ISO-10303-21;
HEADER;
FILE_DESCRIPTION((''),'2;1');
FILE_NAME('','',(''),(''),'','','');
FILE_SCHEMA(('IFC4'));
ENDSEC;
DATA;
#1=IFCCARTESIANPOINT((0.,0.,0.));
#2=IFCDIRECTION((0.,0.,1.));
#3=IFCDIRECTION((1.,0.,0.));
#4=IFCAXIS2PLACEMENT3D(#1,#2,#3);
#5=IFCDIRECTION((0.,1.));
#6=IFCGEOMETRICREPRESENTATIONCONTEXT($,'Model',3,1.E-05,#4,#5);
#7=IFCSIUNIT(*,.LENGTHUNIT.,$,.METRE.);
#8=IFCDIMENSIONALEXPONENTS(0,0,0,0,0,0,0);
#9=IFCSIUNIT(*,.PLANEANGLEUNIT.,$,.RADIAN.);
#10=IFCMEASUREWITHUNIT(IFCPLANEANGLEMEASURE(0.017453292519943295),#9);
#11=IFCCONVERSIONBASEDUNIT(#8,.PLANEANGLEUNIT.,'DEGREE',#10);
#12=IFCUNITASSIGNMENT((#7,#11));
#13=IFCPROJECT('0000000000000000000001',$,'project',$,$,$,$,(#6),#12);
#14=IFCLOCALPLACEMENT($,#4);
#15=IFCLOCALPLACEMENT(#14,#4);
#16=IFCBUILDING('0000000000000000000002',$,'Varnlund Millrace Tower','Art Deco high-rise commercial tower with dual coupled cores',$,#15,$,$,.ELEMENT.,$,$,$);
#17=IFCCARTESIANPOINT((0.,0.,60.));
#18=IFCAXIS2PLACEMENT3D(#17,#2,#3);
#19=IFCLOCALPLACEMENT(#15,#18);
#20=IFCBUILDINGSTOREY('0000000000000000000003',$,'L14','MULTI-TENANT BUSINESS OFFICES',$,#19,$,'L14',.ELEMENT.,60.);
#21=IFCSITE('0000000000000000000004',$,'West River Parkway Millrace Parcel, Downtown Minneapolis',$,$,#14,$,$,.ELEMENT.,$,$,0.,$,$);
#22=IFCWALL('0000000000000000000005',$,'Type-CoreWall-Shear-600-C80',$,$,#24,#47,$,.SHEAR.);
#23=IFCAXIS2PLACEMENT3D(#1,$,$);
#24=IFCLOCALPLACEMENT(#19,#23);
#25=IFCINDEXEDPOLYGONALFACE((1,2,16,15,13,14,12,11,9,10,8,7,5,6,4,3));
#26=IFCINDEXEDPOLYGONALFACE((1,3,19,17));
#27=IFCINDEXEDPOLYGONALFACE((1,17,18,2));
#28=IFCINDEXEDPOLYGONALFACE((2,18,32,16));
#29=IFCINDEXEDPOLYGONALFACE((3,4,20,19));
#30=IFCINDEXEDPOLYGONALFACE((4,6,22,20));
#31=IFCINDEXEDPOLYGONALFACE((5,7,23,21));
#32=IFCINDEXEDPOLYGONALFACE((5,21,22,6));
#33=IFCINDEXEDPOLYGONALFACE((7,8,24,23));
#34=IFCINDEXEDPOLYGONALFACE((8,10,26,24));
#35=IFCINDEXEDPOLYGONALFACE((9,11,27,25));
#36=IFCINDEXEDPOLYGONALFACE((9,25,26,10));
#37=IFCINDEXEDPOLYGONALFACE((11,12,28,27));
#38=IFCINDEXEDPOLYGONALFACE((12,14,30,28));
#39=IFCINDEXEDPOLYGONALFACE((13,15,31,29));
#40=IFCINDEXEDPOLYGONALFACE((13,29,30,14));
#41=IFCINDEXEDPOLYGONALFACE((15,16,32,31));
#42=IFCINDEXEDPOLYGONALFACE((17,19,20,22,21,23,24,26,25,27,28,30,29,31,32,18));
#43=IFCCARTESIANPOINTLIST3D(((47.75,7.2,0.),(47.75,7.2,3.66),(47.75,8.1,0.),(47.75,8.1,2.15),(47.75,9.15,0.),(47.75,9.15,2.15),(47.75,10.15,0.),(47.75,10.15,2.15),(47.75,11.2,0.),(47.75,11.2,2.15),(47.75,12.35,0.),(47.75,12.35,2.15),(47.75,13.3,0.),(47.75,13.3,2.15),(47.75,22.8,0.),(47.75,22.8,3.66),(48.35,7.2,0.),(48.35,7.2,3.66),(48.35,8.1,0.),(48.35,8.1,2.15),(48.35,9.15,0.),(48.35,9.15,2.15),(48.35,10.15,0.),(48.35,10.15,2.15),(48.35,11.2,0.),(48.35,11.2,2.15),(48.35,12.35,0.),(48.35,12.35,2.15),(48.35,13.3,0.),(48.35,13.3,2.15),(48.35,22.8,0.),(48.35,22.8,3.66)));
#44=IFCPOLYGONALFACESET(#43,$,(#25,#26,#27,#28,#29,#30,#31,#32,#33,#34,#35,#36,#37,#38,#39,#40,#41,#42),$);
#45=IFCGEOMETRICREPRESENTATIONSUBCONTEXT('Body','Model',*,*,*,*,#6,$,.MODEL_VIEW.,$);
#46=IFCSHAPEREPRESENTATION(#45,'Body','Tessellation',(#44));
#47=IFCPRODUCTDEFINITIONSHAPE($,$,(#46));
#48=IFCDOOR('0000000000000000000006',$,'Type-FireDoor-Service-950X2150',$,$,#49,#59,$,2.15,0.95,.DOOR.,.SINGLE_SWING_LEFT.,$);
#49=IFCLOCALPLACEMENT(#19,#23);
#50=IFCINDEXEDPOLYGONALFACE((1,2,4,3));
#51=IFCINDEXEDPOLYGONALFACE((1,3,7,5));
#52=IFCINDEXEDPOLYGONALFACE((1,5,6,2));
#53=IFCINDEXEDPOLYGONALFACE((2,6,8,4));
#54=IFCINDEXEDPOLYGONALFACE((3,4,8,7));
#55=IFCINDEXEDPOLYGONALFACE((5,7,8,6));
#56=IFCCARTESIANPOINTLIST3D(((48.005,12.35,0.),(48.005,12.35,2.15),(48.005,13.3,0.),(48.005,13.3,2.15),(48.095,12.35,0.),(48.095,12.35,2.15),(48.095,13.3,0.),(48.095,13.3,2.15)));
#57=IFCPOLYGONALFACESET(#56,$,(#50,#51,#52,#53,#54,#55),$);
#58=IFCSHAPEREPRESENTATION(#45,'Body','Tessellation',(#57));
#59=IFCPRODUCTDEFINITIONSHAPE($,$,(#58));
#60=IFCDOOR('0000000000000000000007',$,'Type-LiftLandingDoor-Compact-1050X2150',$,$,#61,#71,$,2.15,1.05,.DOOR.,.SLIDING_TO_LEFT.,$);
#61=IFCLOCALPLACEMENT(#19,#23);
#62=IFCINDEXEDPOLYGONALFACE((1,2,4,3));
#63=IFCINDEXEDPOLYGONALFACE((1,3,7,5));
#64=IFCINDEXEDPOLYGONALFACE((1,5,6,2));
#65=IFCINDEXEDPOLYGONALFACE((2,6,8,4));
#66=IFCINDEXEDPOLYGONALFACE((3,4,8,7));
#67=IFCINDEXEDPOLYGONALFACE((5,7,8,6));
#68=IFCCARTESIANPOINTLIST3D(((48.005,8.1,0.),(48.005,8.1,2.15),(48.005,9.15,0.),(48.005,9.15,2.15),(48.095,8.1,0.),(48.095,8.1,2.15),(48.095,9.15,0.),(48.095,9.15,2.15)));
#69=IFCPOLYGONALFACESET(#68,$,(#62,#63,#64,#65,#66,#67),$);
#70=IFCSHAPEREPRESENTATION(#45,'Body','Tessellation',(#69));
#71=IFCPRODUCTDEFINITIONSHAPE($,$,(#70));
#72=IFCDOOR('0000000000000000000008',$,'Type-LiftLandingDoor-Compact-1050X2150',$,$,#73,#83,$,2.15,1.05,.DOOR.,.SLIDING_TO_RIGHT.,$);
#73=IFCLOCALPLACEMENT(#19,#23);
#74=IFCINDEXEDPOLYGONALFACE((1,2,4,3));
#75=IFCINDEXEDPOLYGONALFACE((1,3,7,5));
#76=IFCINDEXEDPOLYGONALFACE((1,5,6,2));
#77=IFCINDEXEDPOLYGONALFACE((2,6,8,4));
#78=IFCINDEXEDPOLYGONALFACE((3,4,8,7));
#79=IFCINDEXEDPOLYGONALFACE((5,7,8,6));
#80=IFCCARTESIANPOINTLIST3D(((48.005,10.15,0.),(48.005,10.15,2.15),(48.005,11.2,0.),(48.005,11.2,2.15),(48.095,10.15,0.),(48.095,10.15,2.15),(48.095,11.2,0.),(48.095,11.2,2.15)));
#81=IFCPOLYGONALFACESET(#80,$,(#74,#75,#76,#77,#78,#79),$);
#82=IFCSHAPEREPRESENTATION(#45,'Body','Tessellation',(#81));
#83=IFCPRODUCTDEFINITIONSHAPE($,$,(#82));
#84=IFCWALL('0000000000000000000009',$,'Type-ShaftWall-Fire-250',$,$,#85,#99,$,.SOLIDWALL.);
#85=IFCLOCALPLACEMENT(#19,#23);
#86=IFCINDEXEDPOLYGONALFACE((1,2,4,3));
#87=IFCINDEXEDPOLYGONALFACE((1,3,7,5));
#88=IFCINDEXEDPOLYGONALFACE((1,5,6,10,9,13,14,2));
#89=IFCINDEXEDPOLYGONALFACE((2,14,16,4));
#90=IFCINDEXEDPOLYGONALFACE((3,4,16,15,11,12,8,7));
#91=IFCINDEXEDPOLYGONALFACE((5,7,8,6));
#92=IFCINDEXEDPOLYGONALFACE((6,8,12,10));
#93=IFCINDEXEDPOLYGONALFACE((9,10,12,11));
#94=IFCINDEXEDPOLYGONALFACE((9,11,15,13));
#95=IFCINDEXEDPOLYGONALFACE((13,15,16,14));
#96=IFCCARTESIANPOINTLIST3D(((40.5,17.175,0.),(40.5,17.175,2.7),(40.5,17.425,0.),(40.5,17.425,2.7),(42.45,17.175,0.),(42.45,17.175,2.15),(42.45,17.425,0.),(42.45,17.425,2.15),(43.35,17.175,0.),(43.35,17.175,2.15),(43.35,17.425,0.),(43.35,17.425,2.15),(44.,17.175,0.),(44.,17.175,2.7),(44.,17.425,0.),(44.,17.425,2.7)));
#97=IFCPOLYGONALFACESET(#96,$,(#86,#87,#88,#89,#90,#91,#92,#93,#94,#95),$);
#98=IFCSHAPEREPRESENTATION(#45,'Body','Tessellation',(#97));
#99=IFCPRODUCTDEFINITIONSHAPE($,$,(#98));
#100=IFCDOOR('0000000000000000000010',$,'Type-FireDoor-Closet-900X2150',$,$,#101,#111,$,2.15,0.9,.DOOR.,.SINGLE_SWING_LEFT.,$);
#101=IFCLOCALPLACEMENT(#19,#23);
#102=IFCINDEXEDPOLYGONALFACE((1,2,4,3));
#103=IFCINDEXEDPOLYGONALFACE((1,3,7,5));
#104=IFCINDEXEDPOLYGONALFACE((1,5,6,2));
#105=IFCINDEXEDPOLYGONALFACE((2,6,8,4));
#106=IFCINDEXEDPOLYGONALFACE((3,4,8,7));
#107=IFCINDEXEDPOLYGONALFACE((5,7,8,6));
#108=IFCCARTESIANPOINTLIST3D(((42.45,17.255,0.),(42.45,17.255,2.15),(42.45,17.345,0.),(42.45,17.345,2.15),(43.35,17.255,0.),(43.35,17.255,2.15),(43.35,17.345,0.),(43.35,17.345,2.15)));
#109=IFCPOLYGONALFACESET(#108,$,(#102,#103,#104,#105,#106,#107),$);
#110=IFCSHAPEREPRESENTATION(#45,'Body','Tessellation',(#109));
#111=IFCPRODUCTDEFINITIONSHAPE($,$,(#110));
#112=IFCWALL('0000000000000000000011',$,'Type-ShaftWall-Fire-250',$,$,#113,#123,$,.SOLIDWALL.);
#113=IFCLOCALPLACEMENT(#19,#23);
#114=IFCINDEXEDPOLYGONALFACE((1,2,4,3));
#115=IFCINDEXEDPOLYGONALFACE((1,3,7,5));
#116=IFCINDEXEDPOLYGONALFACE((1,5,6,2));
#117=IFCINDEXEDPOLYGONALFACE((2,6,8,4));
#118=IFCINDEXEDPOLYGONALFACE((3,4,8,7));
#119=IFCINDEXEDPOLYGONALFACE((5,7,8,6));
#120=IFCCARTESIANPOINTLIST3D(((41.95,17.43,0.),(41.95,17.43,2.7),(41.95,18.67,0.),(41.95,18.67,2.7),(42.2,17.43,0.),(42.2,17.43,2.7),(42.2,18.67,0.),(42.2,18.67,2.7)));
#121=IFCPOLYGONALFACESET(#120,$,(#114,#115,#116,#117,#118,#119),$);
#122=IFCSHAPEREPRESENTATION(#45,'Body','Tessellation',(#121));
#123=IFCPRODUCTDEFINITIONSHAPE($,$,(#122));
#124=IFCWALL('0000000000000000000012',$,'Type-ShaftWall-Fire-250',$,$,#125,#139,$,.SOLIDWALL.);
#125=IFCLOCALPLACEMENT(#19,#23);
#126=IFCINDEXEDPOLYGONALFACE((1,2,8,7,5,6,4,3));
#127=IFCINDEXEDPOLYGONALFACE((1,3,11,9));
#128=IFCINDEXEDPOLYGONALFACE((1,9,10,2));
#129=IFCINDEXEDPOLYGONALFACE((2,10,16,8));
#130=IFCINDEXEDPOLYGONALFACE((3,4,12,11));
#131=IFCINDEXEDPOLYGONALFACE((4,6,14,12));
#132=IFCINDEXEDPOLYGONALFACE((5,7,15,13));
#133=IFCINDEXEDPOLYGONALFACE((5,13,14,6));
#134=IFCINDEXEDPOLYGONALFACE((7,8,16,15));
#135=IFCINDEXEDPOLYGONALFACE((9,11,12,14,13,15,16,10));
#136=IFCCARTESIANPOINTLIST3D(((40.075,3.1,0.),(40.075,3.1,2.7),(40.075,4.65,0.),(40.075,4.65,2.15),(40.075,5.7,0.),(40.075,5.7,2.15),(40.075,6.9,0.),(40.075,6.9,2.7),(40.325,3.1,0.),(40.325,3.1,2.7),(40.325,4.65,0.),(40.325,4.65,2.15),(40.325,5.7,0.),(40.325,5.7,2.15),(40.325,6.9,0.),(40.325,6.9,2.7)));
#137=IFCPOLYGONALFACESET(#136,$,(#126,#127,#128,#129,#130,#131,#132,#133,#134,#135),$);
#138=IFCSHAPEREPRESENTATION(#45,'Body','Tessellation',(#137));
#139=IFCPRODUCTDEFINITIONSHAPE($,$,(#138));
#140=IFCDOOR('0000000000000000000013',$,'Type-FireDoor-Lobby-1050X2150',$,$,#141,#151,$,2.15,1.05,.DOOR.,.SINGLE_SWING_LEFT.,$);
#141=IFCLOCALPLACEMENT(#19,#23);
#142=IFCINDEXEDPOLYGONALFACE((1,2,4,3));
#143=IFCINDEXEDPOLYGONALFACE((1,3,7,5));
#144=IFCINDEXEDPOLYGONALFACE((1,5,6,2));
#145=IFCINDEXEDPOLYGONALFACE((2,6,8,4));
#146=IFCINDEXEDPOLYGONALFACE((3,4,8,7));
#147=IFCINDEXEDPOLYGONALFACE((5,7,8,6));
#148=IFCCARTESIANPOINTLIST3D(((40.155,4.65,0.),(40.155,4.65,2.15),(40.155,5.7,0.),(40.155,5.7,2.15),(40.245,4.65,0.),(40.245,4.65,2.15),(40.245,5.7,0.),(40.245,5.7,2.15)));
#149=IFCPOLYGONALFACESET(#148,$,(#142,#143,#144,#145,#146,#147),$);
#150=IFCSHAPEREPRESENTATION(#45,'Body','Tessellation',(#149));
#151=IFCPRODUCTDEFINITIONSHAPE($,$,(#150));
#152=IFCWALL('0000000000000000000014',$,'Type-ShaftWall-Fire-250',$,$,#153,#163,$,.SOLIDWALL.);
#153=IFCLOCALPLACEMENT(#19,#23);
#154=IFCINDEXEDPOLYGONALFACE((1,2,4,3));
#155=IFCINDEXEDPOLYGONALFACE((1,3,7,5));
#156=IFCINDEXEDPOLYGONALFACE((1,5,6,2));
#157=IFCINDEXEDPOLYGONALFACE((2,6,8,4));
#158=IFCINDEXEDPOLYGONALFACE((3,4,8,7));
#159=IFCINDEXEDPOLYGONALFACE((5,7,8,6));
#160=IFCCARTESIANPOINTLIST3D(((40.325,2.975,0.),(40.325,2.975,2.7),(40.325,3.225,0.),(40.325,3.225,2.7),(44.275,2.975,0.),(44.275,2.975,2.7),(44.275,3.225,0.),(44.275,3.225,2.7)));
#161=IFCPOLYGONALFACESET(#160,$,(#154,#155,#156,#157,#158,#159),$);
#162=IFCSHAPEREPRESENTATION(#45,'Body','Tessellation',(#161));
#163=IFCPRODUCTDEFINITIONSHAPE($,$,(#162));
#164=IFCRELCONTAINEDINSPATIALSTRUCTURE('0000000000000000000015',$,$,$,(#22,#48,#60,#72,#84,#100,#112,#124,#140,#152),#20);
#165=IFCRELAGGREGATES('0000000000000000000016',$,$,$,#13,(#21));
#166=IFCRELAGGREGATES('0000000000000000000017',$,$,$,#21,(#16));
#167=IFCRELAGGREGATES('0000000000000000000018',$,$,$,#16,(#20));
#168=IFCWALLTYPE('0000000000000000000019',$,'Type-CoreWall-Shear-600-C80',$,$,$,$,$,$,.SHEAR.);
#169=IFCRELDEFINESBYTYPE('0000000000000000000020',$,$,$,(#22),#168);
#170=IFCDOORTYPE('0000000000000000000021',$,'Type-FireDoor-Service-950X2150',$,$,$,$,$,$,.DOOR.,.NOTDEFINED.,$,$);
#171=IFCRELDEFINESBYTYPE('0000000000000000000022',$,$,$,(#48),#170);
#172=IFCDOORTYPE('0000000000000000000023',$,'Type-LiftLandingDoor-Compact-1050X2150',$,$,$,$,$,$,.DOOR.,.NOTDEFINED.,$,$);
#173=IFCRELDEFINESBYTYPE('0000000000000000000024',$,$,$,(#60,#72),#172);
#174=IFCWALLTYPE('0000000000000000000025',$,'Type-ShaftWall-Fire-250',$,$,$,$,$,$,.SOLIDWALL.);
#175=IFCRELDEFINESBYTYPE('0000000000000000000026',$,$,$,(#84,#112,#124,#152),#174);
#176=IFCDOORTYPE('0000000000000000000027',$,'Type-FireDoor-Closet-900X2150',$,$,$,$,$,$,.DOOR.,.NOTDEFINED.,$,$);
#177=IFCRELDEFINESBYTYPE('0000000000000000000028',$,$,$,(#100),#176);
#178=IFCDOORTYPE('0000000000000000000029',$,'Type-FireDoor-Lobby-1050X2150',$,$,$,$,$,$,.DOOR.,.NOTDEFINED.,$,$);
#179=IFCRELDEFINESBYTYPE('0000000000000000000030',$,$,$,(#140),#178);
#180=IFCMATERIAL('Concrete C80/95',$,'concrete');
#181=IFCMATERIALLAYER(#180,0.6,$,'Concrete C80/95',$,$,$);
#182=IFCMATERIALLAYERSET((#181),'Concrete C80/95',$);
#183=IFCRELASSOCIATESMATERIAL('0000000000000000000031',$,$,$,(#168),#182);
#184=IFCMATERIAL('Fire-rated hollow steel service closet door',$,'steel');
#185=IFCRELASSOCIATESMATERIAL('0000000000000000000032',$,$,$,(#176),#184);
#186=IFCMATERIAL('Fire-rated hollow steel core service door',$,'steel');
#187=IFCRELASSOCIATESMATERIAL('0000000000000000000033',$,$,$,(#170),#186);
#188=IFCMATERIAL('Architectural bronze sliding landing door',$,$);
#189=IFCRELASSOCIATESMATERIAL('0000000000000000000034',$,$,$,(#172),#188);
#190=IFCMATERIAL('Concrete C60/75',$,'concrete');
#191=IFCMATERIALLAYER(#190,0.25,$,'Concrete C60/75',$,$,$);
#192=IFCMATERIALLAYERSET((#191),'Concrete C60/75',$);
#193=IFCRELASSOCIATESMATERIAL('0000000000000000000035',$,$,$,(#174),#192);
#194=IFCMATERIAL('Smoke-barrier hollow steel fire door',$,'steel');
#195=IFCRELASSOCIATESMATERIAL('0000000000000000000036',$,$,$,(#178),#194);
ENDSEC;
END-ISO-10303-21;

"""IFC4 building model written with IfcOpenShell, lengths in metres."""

from ifc_helpers import new_model, entity, si_unit, converted_unit, direction, frame, origin_with_axes, origin_2d_with_axis, place, context, subcontext, project, spatial, polyline, rectangle, outline, extrude, material, layer, layer_set, type_object, element, fill, save


model = new_model("IFC4")

# Units and contexts
model_context = context("Model", 3, precision=1e-05, world=origin_with_axes(), true_north=direction((0.0, 1.0)))
body_context = subcontext(model_context, "Body", "Model", "MODEL_VIEW")
ifc_project = project(units=[si_unit("LENGTHUNIT", "METRE"), converted_unit("PLANEANGLEUNIT", "DEGREE", entity("IfcPlaneAngleMeasure", 0.017453292519943295), si_unit("PLANEANGLEUNIT", "RADIAN"), dimensions=[0, 0, 0, 0, 0, 0, 0])], contexts=[model_context])

# Site, building, storey
site_placement = place(None, origin_with_axes())
site = spatial("IfcSite", under=ifc_project, at=site_placement, Name="West River Parkway Millrace Parcel, Downtown Minneapolis", CompositionType="ELEMENT", RefElevation=0.0)
building_placement = place(site_placement, origin_with_axes())
building = spatial("IfcBuilding", under=site, at=building_placement, Name="Varnlund Millrace Tower", Description="Art Deco high-rise commercial tower with dual coupled cores", CompositionType="ELEMENT")
storey_placement = place(building_placement, frame((0.0, 0.0, 60.0), z_axis=(0.0, 0.0, 1.0), x_axis=(1.0, 0.0, 0.0)))
storey = spatial("IfcBuildingStorey", under=building, at=storey_placement, Name="L14", Description="MULTI-TENANT BUSINESS OFFICES", LongName="L14", CompositionType="ELEMENT", Elevation=60.0)

# Shared definitions
ifc_material_1 = material(Name="Concrete C80/95", Category="concrete")

# Shared definitions
ifc_layer_1 = layer(ifc_material_1, 0.6, Name="Concrete C80/95")
ifc_layer_set_1 = layer_set([ifc_layer_1], Name="Concrete C80/95")
wall_type_1 = type_object("IfcWallType", Name="Type-CoreWall-Shear-600-C80", PredefinedType="SHEAR", material=ifc_layer_set_1)
ifc_material_2 = material(Name="Fire-rated hollow steel service closet door", Category="steel")
door_type_1 = type_object("IfcDoorType", Name="Type-FireDoor-Closet-900X2150", OperationType="NOTDEFINED", PredefinedType="DOOR", material=ifc_material_2)

# Wall, openings, doors
wall_1_placement = place(storey_placement, frame((48.05, 7.2, 0.0), z_axis=(0.0, 0.0, 1.0), x_axis=(0.0, 1.0, 0.0)))
wall_1 = element("IfcWall", 1, at=wall_1_placement, inside=storey, type_object=wall_type_1, Name="Type-CoreWall-Shear-600-C80", PredefinedType="SHEAR", context=body_context, shape_type="SweptSolid", body=[
    extrude(outline(polyline([(0.0, -0.3), (15.6, -0.3), (15.6, 0.3), (0.0, 0.3), (0.0, -0.3)])), origin_with_axes(), (0.0, 0.0, 1.0), 3.66),
])
opening_1_placement = place(wall_1_placement, frame((1.425, 0.0, 0.0), z_axis=(0.0, 0.0, 1.0), x_axis=(1.0, 0.0, 0.0)))
opening_1 = element("IfcOpeningElement", 2, at=opening_1_placement, cuts=wall_1, PredefinedType="OPENING", context=body_context, shape_type="SweptSolid", body=[
    extrude(rectangle(XDim=1.05, YDim=0.62, at=origin_2d_with_axis()), origin_with_axes(), (0.0, 0.0, 1.0), 2.15),
])
opening_2_placement = place(wall_1_placement, frame((3.475, 0.0, 0.0), z_axis=(0.0, 0.0, 1.0), x_axis=(1.0, 0.0, 0.0)))
opening_2 = element("IfcOpeningElement", 3, at=opening_2_placement, cuts=wall_1, PredefinedType="OPENING", context=body_context, shape_type="SweptSolid", body=[
    extrude(rectangle(XDim=1.05, YDim=0.62, at=origin_2d_with_axis()), origin_with_axes(), (0.0, 0.0, 1.0), 2.15),
])
opening_3_placement = place(wall_1_placement, frame((5.625, 0.0, 0.0), z_axis=(0.0, 0.0, 1.0), x_axis=(1.0, 0.0, 0.0)))
opening_3 = element("IfcOpeningElement", 4, at=opening_3_placement, cuts=wall_1, PredefinedType="OPENING", context=body_context, shape_type="SweptSolid", body=[
    extrude(rectangle(XDim=0.95, YDim=0.62, at=origin_2d_with_axis()), origin_with_axes(), (0.0, 0.0, 1.0), 2.15),
])
ifc_material_3 = material(Name="Fire-rated hollow steel core service door", Category="steel")
door_type_2 = type_object("IfcDoorType", Name="Type-FireDoor-Service-950X2150", OperationType="NOTDEFINED", PredefinedType="DOOR", material=ifc_material_3)
door_1_placement = place(wall_1_placement, frame((5.625, 0.0, 0.0), z_axis=(0.0, 0.0, 1.0), x_axis=(1.0, 0.0, 0.0)))
door_1 = element("IfcDoor", 5, at=door_1_placement, inside=storey, type_object=door_type_2, Name="Type-FireDoor-Service-950X2150", OperationType="SINGLE_SWING_LEFT", OverallHeight=2.15, OverallWidth=0.95, PredefinedType="DOOR", context=body_context, shape_type="SweptSolid", body=[
    extrude(rectangle(XDim=0.95, YDim=0.09, at=origin_2d_with_axis()), origin_with_axes(), (0.0, 0.0, 1.0), 2.15),
])
fill(opening_3, door_1)
ifc_material_4 = material(Name="Architectural bronze sliding landing door")
door_type_3 = type_object("IfcDoorType", Name="Type-LiftLandingDoor-Compact-1050X2150", OperationType="NOTDEFINED", PredefinedType="DOOR", material=ifc_material_4)
door_2_placement = place(wall_1_placement, frame((1.425, 0.0, 0.0), z_axis=(0.0, 0.0, 1.0), x_axis=(1.0, 0.0, 0.0)))
door_2 = element("IfcDoor", 6, at=door_2_placement, inside=storey, type_object=door_type_3, Name="Type-LiftLandingDoor-Compact-1050X2150", OperationType="SLIDING_TO_LEFT", OverallHeight=2.15, OverallWidth=1.05, PredefinedType="DOOR", context=body_context, shape_type="SweptSolid", body=[
    extrude(rectangle(XDim=1.05, YDim=0.09, at=origin_2d_with_axis()), origin_with_axes(), (0.0, 0.0, 1.0), 2.15),
])
fill(opening_1, door_2)
door_3_placement = place(wall_1_placement, frame((3.475, 0.0, 0.0), z_axis=(0.0, 0.0, 1.0), x_axis=(1.0, 0.0, 0.0)))
door_3 = element("IfcDoor", 7, at=door_3_placement, inside=storey, type_object=door_type_3, Name="Type-LiftLandingDoor-Compact-1050X2150", OperationType="SLIDING_TO_RIGHT", OverallHeight=2.15, OverallWidth=1.05, PredefinedType="DOOR", context=body_context, shape_type="SweptSolid", body=[
    extrude(rectangle(XDim=1.05, YDim=0.09, at=origin_2d_with_axis()), origin_with_axes(), (0.0, 0.0, 1.0), 2.15),
])
fill(opening_2, door_3)

# Wall, opening, door
ifc_material_5 = material(Name="Concrete C60/75", Category="concrete")
ifc_layer_2 = layer(ifc_material_5, 0.25, Name="Concrete C60/75")
ifc_layer_set_2 = layer_set([ifc_layer_2], Name="Concrete C60/75")
wall_type_2 = type_object("IfcWallType", Name="Type-ShaftWall-Fire-250", PredefinedType="SOLIDWALL", material=ifc_layer_set_2)
wall_2_placement = place(storey_placement, frame((40.5, 17.3, 0.0), z_axis=(0.0, 0.0, 1.0), x_axis=(1.0, 0.0, 0.0)))
wall_2 = element("IfcWall", 8, at=wall_2_placement, inside=storey, type_object=wall_type_2, Name="Type-ShaftWall-Fire-250", PredefinedType="SOLIDWALL", context=body_context, shape_type="SweptSolid", body=[
    extrude(outline(polyline([(0.0, -0.125), (3.5, -0.125), (3.5, 0.125), (0.0, 0.125), (0.0, -0.125)])), origin_with_axes(), (0.0, 0.0, 1.0), 2.7),
])
opening_4_placement = place(wall_2_placement, frame((2.4, 0.0, 0.0), z_axis=(0.0, 0.0, 1.0), x_axis=(1.0, 0.0, 0.0)))
opening_4 = element("IfcOpeningElement", 9, at=opening_4_placement, cuts=wall_2, PredefinedType="OPENING", context=body_context, shape_type="SweptSolid", body=[
    extrude(rectangle(XDim=0.9, YDim=0.27, at=origin_2d_with_axis()), origin_with_axes(), (0.0, 0.0, 1.0), 2.15),
])
door_4_placement = place(wall_2_placement, frame((2.4, 0.0, 0.0), z_axis=(0.0, 0.0, 1.0), x_axis=(1.0, 0.0, 0.0)))
door_4 = element("IfcDoor", 10, at=door_4_placement, inside=storey, type_object=door_type_1, Name="Type-FireDoor-Closet-900X2150", OperationType="SINGLE_SWING_LEFT", OverallHeight=2.15, OverallWidth=0.9, PredefinedType="DOOR", context=body_context, shape_type="SweptSolid", body=[
    extrude(rectangle(XDim=0.9, YDim=0.09, at=origin_2d_with_axis()), origin_with_axes(), (0.0, 0.0, 1.0), 2.15),
])
fill(opening_4, door_4)

# Wall
wall_3_placement = place(storey_placement, frame((42.075, 17.43, 0.0), z_axis=(0.0, 0.0, 1.0), x_axis=(0.0, 1.0, 0.0)))
element("IfcWall", 11, at=wall_3_placement, inside=storey, type_object=wall_type_2, Name="Type-ShaftWall-Fire-250", PredefinedType="SOLIDWALL", context=body_context, shape_type="SweptSolid", body=[
    extrude(outline(polyline([(0.0, -0.125), (1.24, -0.125), (1.24, 0.125), (0.0, 0.125), (0.0, -0.125)])), origin_with_axes(), (0.0, 0.0, 1.0), 2.7),
])

# Wall, opening, door
wall_4_placement = place(storey_placement, frame((40.2, 3.1, 0.0), z_axis=(0.0, 0.0, 1.0), x_axis=(0.0, 1.0, 0.0)))
wall_4 = element("IfcWall", 12, at=wall_4_placement, inside=storey, type_object=wall_type_2, Name="Type-ShaftWall-Fire-250", PredefinedType="SOLIDWALL", context=body_context, shape_type="SweptSolid", body=[
    extrude(outline(polyline([(0.0, -0.125), (3.8, -0.125), (3.8, 0.125), (0.0, 0.125), (0.0, -0.125)])), origin_with_axes(), (0.0, 0.0, 1.0), 2.7),
])
opening_5_placement = place(wall_4_placement, frame((2.075, 0.0, 0.0), z_axis=(0.0, 0.0, 1.0), x_axis=(1.0, 0.0, 0.0)))
opening_5 = element("IfcOpeningElement", 13, at=opening_5_placement, cuts=wall_4, PredefinedType="OPENING", context=body_context, shape_type="SweptSolid", body=[
    extrude(rectangle(XDim=1.05, YDim=0.27, at=origin_2d_with_axis()), origin_with_axes(), (0.0, 0.0, 1.0), 2.15),
])
ifc_material_6 = material(Name="Smoke-barrier hollow steel fire door", Category="steel")
door_type_4 = type_object("IfcDoorType", Name="Type-FireDoor-Lobby-1050X2150", OperationType="NOTDEFINED", PredefinedType="DOOR", material=ifc_material_6)
door_5_placement = place(wall_4_placement, frame((2.075, 0.0, 0.0), z_axis=(0.0, 0.0, 1.0), x_axis=(1.0, 0.0, 0.0)))
door_5 = element("IfcDoor", 14, at=door_5_placement, inside=storey, type_object=door_type_4, Name="Type-FireDoor-Lobby-1050X2150", OperationType="SINGLE_SWING_LEFT", OverallHeight=2.15, OverallWidth=1.05, PredefinedType="DOOR", context=body_context, shape_type="SweptSolid", body=[
    extrude(rectangle(XDim=1.05, YDim=0.09, at=origin_2d_with_axis()), origin_with_axes(), (0.0, 0.0, 1.0), 2.15),
])
fill(opening_5, door_5)

# Wall
wall_5_placement = place(storey_placement, frame((40.325, 3.1, 0.0), z_axis=(0.0, 0.0, 1.0), x_axis=(1.0, 0.0, 0.0)))
element("IfcWall", 15, at=wall_5_placement, inside=storey, type_object=wall_type_2, Name="Type-ShaftWall-Fire-250", PredefinedType="SOLIDWALL", context=body_context, shape_type="SweptSolid", body=[
    extrude(outline(polyline([(0.0, -0.125), (3.95, -0.125), (3.95, 0.125), (0.0, 0.125), (0.0, -0.125)])), origin_with_axes(), (0.0, 0.0, 1.0), 2.7),
])

save(model, "model.ifc")
